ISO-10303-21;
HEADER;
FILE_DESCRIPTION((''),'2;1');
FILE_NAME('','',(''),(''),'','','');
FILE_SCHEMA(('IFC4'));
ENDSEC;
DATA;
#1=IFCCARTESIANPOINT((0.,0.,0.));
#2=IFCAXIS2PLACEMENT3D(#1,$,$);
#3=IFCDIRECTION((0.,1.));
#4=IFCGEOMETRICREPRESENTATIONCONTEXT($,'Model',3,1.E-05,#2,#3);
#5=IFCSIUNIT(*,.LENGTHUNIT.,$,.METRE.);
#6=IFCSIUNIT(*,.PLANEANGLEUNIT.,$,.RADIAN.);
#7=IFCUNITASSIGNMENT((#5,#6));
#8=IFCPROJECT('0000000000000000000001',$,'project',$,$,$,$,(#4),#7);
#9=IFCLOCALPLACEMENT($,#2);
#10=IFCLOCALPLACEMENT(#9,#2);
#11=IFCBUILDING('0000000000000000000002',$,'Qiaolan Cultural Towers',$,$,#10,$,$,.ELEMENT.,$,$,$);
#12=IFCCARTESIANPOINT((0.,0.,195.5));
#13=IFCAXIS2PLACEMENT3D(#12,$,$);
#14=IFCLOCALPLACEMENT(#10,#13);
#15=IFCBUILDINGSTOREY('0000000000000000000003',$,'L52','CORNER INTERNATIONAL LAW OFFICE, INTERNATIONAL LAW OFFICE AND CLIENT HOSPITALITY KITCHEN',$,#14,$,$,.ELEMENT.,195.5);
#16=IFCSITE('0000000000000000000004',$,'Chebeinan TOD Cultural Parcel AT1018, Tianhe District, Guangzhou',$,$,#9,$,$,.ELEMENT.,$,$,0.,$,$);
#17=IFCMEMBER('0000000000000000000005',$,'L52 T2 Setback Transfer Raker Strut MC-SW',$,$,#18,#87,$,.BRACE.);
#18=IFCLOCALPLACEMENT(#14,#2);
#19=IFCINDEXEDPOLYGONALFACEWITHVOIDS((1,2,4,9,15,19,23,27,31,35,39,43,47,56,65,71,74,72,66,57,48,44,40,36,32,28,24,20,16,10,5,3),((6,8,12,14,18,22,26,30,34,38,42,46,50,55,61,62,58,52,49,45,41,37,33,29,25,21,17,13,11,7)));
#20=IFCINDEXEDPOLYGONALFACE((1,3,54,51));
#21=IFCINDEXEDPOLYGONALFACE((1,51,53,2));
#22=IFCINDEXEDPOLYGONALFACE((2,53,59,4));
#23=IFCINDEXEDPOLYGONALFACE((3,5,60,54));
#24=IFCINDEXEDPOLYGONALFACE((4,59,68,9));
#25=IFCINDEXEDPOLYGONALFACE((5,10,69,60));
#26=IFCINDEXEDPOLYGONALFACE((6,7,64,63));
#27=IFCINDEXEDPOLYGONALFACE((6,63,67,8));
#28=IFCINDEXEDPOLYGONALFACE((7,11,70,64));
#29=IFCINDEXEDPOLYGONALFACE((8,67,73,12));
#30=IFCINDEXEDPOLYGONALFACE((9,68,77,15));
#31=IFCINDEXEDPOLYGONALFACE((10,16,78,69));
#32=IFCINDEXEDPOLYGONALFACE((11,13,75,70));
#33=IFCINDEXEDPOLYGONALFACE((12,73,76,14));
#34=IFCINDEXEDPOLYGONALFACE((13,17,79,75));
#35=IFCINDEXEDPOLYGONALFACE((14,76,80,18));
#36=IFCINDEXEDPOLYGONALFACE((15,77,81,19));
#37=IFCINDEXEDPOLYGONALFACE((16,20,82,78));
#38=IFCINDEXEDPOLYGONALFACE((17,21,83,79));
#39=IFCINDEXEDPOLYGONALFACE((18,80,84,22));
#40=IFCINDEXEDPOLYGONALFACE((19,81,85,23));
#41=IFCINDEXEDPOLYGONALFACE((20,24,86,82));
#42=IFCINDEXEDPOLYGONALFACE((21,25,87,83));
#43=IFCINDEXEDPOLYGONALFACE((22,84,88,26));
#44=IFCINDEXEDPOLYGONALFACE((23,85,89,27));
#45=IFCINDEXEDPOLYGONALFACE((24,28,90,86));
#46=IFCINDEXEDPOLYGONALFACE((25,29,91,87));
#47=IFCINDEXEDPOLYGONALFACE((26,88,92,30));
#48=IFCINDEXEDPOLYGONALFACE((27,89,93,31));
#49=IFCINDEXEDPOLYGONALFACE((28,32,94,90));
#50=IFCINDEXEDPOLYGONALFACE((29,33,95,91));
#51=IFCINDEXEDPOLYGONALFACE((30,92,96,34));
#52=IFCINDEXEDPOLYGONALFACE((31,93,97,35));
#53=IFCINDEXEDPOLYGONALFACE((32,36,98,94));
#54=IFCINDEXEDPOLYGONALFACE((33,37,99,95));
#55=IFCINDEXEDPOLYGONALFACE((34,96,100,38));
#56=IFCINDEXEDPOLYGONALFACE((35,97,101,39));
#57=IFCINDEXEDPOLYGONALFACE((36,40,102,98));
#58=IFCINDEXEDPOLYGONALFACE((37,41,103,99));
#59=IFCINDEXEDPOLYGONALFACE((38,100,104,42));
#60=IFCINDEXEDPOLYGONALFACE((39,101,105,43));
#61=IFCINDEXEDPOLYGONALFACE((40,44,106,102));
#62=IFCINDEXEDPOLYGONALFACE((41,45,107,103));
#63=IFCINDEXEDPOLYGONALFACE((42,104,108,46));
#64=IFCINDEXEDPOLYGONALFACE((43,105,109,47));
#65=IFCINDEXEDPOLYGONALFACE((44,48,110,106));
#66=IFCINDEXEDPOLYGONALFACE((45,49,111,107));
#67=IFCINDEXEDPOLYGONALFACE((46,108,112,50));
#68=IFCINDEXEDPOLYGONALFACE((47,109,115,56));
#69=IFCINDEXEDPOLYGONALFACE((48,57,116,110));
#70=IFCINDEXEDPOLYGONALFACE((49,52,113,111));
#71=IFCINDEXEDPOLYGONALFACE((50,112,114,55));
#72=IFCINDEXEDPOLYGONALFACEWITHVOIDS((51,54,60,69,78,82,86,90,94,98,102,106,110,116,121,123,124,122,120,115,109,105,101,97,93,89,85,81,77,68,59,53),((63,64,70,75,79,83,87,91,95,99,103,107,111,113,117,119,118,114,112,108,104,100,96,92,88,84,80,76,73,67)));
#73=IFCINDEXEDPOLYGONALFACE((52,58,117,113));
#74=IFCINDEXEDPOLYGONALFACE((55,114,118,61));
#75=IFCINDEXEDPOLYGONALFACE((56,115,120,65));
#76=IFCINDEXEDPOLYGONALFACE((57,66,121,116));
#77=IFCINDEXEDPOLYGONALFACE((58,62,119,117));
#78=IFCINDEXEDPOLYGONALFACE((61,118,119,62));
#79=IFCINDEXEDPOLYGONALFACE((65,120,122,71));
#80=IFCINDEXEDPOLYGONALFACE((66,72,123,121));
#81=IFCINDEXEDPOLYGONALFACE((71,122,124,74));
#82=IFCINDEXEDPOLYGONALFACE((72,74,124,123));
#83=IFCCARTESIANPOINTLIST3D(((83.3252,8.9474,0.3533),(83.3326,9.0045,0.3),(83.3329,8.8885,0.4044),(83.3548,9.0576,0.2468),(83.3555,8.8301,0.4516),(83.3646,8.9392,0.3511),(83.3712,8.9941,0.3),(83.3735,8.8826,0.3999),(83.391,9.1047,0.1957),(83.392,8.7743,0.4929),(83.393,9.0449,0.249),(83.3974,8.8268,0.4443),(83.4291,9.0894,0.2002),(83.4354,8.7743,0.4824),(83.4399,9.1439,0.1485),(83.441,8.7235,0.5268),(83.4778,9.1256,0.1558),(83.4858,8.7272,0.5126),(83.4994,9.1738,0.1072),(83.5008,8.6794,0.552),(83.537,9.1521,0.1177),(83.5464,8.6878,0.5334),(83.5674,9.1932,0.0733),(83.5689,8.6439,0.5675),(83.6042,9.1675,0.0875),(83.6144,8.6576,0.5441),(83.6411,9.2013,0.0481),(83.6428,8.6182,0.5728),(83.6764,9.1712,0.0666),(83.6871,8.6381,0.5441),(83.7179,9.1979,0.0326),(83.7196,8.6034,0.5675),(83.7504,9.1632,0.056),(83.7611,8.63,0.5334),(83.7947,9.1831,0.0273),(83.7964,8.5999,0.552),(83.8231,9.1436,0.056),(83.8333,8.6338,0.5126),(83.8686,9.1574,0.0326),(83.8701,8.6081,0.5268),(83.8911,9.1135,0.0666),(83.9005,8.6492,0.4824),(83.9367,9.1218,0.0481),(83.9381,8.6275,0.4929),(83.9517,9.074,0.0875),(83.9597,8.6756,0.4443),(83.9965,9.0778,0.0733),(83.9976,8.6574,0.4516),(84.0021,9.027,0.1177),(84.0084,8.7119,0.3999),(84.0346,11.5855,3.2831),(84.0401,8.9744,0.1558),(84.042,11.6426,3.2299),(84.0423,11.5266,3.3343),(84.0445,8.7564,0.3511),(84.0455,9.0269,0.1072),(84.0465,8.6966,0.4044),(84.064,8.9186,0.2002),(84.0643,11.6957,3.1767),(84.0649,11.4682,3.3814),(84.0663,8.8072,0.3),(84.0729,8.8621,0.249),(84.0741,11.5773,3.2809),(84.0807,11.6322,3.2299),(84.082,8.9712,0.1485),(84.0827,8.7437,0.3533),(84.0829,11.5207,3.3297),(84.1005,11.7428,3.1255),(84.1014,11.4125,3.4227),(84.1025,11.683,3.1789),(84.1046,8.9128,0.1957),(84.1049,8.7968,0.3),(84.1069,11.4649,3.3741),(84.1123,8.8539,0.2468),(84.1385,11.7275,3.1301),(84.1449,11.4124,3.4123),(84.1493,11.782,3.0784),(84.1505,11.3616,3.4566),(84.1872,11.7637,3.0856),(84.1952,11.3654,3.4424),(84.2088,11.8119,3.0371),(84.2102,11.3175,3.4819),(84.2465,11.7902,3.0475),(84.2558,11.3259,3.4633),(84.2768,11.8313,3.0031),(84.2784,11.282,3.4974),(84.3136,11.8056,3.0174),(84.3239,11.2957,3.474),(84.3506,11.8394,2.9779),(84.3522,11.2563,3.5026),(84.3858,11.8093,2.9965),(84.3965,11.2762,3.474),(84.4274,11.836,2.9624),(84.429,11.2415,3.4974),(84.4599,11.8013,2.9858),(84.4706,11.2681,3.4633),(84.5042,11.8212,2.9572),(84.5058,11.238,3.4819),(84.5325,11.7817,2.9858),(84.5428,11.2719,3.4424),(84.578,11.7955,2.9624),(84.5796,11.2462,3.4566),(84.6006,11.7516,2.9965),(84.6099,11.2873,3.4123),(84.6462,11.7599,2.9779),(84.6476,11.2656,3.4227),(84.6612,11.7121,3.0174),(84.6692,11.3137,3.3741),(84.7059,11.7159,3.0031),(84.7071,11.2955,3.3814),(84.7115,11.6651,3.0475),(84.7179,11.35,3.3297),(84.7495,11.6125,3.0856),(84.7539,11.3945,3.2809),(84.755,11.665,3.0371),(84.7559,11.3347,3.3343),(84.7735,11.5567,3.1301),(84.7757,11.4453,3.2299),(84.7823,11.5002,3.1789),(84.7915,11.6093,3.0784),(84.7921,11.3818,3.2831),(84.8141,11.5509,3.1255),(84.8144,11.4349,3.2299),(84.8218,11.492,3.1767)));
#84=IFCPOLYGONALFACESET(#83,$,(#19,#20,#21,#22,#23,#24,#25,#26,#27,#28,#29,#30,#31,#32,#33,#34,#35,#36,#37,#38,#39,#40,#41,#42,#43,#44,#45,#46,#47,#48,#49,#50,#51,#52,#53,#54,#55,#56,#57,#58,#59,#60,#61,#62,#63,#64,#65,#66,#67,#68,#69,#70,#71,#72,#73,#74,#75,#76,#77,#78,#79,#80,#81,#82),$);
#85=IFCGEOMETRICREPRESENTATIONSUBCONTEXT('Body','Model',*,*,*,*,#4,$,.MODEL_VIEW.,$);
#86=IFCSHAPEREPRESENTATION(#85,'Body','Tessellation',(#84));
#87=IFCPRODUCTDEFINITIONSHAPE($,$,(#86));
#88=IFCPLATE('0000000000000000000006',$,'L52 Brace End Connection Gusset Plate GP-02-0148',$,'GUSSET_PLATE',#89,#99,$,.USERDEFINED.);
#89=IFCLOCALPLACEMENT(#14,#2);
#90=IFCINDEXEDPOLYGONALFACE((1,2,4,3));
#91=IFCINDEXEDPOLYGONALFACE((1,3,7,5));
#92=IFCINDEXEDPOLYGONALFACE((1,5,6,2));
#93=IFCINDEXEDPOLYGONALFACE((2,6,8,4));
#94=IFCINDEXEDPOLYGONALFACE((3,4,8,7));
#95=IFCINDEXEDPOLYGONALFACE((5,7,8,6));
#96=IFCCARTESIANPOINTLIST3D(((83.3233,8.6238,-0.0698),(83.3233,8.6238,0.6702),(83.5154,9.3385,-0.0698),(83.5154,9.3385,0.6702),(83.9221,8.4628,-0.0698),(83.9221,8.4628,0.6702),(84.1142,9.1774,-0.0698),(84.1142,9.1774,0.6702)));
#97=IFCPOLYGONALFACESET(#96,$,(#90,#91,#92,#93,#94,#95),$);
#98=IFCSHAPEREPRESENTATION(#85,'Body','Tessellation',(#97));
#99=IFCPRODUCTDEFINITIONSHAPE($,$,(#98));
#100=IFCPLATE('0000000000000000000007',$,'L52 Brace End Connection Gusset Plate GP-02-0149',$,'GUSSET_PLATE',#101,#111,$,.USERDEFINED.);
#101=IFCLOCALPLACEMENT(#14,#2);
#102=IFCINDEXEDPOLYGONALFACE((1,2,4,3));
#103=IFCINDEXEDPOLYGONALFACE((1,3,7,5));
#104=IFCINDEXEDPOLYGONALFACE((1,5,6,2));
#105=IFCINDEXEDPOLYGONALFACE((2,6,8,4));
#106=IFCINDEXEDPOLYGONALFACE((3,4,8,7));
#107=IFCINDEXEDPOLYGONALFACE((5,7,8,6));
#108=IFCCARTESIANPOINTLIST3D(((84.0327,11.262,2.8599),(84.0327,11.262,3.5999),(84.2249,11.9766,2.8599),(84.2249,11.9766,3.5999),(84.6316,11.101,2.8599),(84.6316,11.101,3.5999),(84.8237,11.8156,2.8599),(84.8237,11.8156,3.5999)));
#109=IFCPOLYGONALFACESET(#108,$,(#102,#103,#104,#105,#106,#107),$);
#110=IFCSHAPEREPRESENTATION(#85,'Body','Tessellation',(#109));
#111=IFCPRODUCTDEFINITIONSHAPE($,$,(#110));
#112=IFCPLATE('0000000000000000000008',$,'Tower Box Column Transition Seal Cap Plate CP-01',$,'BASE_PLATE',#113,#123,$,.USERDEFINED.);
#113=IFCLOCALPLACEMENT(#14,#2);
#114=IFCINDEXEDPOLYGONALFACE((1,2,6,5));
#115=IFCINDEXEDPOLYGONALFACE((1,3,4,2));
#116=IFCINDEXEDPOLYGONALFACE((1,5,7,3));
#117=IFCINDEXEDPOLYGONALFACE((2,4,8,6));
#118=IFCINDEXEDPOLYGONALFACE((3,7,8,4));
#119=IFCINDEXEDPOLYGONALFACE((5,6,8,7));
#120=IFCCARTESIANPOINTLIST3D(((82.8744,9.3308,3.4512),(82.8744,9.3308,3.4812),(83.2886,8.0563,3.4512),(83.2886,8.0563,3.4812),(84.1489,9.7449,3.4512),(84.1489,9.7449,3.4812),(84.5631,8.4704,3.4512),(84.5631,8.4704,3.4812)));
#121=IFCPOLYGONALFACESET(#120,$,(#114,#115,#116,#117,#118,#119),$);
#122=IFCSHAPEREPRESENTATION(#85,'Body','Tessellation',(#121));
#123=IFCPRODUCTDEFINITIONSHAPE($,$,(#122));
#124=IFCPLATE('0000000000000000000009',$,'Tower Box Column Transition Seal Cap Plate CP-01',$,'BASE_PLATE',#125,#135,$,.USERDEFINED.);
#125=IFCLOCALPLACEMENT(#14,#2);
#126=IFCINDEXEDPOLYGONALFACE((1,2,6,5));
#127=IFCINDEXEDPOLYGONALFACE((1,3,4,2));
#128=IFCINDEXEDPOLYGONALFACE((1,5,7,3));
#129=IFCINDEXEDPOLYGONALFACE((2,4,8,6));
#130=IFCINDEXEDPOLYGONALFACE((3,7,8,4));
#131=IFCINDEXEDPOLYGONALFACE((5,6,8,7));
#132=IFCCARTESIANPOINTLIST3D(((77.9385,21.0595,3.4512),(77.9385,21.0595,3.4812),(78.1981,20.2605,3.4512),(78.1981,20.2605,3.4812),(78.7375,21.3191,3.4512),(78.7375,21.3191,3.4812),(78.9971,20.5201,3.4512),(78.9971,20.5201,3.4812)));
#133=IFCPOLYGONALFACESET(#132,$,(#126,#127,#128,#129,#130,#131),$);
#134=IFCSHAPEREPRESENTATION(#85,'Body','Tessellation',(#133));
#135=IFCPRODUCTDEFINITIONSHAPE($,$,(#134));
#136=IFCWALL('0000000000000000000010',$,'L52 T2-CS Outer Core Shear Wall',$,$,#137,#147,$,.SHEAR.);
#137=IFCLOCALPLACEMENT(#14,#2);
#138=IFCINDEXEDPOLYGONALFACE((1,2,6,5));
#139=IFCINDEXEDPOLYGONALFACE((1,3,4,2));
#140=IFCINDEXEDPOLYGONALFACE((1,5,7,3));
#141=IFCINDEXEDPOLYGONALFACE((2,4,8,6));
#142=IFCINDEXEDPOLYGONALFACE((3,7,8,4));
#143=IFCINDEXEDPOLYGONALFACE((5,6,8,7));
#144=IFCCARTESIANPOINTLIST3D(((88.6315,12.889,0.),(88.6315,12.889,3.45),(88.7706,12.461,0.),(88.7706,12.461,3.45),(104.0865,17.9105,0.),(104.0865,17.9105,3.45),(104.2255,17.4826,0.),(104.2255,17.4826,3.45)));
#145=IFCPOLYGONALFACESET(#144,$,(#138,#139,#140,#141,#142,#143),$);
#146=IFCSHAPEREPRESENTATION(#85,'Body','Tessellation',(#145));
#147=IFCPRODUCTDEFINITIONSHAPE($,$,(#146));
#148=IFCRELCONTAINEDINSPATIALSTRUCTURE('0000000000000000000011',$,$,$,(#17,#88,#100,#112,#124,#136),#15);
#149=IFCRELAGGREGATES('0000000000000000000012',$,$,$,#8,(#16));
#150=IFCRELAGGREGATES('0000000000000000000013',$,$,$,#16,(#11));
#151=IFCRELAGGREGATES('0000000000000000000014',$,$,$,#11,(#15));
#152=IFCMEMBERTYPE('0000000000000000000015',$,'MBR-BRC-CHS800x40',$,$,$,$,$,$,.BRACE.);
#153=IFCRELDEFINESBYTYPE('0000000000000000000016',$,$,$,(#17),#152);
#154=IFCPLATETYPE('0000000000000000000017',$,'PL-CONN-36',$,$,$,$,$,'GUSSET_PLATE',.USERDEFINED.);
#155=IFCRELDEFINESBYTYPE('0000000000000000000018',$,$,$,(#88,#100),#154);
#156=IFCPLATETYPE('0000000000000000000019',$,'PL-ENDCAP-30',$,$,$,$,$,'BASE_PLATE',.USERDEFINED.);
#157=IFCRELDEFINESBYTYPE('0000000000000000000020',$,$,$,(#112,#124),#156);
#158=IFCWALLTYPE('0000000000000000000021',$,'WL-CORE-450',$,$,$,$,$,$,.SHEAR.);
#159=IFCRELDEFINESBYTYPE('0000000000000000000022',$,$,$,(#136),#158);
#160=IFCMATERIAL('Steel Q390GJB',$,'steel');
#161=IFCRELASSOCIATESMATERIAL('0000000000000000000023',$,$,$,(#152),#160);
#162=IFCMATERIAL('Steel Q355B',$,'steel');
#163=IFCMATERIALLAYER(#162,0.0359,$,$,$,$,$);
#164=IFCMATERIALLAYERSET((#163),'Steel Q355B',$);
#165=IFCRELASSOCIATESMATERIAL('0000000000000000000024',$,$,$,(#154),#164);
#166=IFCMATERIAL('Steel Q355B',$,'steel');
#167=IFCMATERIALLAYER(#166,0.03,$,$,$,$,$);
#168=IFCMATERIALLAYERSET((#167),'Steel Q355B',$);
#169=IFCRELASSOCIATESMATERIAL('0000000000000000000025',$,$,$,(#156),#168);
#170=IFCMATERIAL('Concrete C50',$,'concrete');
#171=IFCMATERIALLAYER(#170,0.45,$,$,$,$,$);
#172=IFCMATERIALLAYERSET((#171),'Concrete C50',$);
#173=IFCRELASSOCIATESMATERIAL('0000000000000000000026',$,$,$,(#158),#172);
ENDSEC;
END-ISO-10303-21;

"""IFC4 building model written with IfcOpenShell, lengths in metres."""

from ifc_helpers import new_model, si_unit, direction, frame, frame_2d, origin, origin_2d, place, context, subcontext, project, spatial, rectangle, hollow_circle, extrude, material, layer, layer_set, material_profile, profile_set, type_object, element, save


model = new_model("IFC4")

# Units and contexts
model_context = context("Model", 3, precision=1e-05, world=origin(), true_north=direction((0.0, 1.0)))
body_context = subcontext(model_context, "Body", "Model", "MODEL_VIEW")
ifc_project = project(units=[si_unit("LENGTHUNIT", "METRE"), si_unit("PLANEANGLEUNIT", "RADIAN")], contexts=[model_context])

# Site, building, storey
site_placement = place(None, origin())
site = spatial("IfcSite", under=ifc_project, at=site_placement, Name="Chebeinan TOD Cultural Parcel AT1018, Tianhe District, Guangzhou", CompositionType="ELEMENT", RefElevation=0.0)
building_placement = place(site_placement, origin())
building = spatial("IfcBuilding", under=site, at=building_placement, Name="Qiaolan Cultural Towers", CompositionType="ELEMENT")
storey_placement = place(building_placement, frame((0.0, 0.0, 195.5)))
storey = spatial("IfcBuildingStorey", under=building, at=storey_placement, Name="L52", Description="CORNER INTERNATIONAL LAW OFFICE, INTERNATIONAL LAW OFFICE AND CLIENT HOSPITALITY KITCHEN", CompositionType="ELEMENT", Elevation=195.5)

# Member
ifc_material_1 = material(Name="Steel Q390GJB", Category="steel")
ifc_material_profile_1 = material_profile(ifc_material_1, hollow_circle(Radius=0.3999, WallThickness=0.04, at=origin_2d()), Name="CHS800x40")
ifc_profile_set_1 = profile_set([ifc_material_profile_1], Name="Steel Q390GJB")
member_type = type_object("IfcMemberType", Name="MBR-BRC-CHS800x40", PredefinedType="BRACE", material=ifc_profile_set_1)
member_placement = place(storey_placement, frame((83.7188, 8.9006, 0.3), z_axis=(0.177103, 0.658562, 0.73139), x_axis=(-0.96569, 0.259698, 0.0)))
element("IfcMember", 1, at=member_placement, inside=storey, type_object=member_type, Name="L52 T2 Setback Transfer Raker Strut MC-SW", PredefinedType="BRACE", context=body_context, shape_type="SweptSolid", body=[
    extrude(hollow_circle(Radius=0.3999, WallThickness=0.04, at=origin_2d()), origin(), (0.0, 0.0, 1.0), 4.0059),
])

# Plates
ifc_material_2 = material(Name="Steel Q355B", Category="steel")
ifc_layer_1 = layer(ifc_material_2, 0.0359)
ifc_layer_set_1 = layer_set([ifc_layer_1], Name="Steel Q355B")
plate_type_1 = type_object("IfcPlateType", Name="PL-CONN-36", ElementType="GUSSET_PLATE", PredefinedType="USERDEFINED", material=ifc_layer_set_1)
for number, where, z_axis, x_axis, name in (
    (2, (83.7188, 8.9006, -0.0698), (0.0, 0.0, 1.0), (0.259666, 0.965699, 0.0), "L52 Brace End Connection Gusset Plate GP-02-0148"),
    (3, (84.4282, 11.5388, 2.8599), (0.0, 0.0, 1.0), (0.259666, 0.965699, 0.0), "L52 Brace End Connection Gusset Plate GP-02-0149"),
):
    element("IfcPlate", number, at=place(storey_placement, frame(where, z_axis=z_axis, x_axis=x_axis)), inside=storey, type_object=plate_type_1, Name=name, ObjectType="GUSSET_PLATE", PredefinedType="USERDEFINED", context=body_context, shape_type="SweptSolid", body=[
        extrude(rectangle(XDim=0.74, YDim=0.6201, at=origin_2d()), origin(), (0.0, 0.0, 1.0), 0.74),
    ])
ifc_material_3 = material(Name="Steel Q355B", Category="steel")
ifc_layer_2 = layer(ifc_material_3, 0.03)
ifc_layer_set_2 = layer_set([ifc_layer_2], Name="Steel Q355B")
plate_type_2 = type_object("IfcPlateType", Name="PL-ENDCAP-30", ElementType="BASE_PLATE", PredefinedType="USERDEFINED", material=ifc_layer_set_2)
plate_1_placement = place(storey_placement, frame((83.7188, 8.9006, 3.4512), z_axis=(0.0, 0.0, 1.0), x_axis=(0.951057, 0.309017, 0.0)))
element("IfcPlate", 4, at=plate_1_placement, inside=storey, type_object=plate_type_2, Name="Tower Box Column Transition Seal Cap Plate CP-01", ObjectType="BASE_PLATE", PredefinedType="USERDEFINED", context=body_context, shape_type="SweptSolid", body=[
    extrude(rectangle(XDim=1.3401, YDim=1.3401, at=origin_2d()), origin(), (0.0, 0.0, 1.0), 0.03),
])
plate_2_placement = place(storey_placement, frame((78.4678, 20.7898, 3.4512), z_axis=(0.0, 0.0, 1.0), x_axis=(0.951057, 0.309017, 0.0)))
element("IfcPlate", 5, at=plate_2_placement, inside=storey, type_object=plate_type_2, Name="Tower Box Column Transition Seal Cap Plate CP-01", ObjectType="BASE_PLATE", PredefinedType="USERDEFINED", context=body_context, shape_type="SweptSolid", body=[
    extrude(rectangle(XDim=0.8401, YDim=0.8401, at=origin_2d()), origin(), (0.0, 0.0, 1.0), 0.03),
])

# Wall
ifc_material_4 = material(Name="Concrete C50", Category="concrete")
ifc_layer_3 = layer(ifc_material_4, 0.45)
ifc_layer_set_3 = layer_set([ifc_layer_3], Name="Concrete C50")
wall_type_1 = type_object("IfcWallType", Name="WL-CORE-450", PredefinedType="SHEAR", material=ifc_layer_set_3)
wall_1_placement = place(storey_placement, frame((88.7012, 12.675, 0.0), z_axis=(0.0, 0.0, 1.0), x_axis=(0.951058, 0.309012, 0.0)))
element("IfcWall", 6, at=wall_1_placement, inside=storey, type_object=wall_type_1, Name="L52 T2-CS Outer Core Shear Wall", PredefinedType="SHEAR", context=body_context, shape_type="SweptSolid", body=[
    extrude(rectangle(XDim=16.2502, YDim=0.45, at=frame_2d((8.125, 0.0))), origin(), (0.0, 0.0, 1.0), 3.45),
])

save(model, "model.ifc")
